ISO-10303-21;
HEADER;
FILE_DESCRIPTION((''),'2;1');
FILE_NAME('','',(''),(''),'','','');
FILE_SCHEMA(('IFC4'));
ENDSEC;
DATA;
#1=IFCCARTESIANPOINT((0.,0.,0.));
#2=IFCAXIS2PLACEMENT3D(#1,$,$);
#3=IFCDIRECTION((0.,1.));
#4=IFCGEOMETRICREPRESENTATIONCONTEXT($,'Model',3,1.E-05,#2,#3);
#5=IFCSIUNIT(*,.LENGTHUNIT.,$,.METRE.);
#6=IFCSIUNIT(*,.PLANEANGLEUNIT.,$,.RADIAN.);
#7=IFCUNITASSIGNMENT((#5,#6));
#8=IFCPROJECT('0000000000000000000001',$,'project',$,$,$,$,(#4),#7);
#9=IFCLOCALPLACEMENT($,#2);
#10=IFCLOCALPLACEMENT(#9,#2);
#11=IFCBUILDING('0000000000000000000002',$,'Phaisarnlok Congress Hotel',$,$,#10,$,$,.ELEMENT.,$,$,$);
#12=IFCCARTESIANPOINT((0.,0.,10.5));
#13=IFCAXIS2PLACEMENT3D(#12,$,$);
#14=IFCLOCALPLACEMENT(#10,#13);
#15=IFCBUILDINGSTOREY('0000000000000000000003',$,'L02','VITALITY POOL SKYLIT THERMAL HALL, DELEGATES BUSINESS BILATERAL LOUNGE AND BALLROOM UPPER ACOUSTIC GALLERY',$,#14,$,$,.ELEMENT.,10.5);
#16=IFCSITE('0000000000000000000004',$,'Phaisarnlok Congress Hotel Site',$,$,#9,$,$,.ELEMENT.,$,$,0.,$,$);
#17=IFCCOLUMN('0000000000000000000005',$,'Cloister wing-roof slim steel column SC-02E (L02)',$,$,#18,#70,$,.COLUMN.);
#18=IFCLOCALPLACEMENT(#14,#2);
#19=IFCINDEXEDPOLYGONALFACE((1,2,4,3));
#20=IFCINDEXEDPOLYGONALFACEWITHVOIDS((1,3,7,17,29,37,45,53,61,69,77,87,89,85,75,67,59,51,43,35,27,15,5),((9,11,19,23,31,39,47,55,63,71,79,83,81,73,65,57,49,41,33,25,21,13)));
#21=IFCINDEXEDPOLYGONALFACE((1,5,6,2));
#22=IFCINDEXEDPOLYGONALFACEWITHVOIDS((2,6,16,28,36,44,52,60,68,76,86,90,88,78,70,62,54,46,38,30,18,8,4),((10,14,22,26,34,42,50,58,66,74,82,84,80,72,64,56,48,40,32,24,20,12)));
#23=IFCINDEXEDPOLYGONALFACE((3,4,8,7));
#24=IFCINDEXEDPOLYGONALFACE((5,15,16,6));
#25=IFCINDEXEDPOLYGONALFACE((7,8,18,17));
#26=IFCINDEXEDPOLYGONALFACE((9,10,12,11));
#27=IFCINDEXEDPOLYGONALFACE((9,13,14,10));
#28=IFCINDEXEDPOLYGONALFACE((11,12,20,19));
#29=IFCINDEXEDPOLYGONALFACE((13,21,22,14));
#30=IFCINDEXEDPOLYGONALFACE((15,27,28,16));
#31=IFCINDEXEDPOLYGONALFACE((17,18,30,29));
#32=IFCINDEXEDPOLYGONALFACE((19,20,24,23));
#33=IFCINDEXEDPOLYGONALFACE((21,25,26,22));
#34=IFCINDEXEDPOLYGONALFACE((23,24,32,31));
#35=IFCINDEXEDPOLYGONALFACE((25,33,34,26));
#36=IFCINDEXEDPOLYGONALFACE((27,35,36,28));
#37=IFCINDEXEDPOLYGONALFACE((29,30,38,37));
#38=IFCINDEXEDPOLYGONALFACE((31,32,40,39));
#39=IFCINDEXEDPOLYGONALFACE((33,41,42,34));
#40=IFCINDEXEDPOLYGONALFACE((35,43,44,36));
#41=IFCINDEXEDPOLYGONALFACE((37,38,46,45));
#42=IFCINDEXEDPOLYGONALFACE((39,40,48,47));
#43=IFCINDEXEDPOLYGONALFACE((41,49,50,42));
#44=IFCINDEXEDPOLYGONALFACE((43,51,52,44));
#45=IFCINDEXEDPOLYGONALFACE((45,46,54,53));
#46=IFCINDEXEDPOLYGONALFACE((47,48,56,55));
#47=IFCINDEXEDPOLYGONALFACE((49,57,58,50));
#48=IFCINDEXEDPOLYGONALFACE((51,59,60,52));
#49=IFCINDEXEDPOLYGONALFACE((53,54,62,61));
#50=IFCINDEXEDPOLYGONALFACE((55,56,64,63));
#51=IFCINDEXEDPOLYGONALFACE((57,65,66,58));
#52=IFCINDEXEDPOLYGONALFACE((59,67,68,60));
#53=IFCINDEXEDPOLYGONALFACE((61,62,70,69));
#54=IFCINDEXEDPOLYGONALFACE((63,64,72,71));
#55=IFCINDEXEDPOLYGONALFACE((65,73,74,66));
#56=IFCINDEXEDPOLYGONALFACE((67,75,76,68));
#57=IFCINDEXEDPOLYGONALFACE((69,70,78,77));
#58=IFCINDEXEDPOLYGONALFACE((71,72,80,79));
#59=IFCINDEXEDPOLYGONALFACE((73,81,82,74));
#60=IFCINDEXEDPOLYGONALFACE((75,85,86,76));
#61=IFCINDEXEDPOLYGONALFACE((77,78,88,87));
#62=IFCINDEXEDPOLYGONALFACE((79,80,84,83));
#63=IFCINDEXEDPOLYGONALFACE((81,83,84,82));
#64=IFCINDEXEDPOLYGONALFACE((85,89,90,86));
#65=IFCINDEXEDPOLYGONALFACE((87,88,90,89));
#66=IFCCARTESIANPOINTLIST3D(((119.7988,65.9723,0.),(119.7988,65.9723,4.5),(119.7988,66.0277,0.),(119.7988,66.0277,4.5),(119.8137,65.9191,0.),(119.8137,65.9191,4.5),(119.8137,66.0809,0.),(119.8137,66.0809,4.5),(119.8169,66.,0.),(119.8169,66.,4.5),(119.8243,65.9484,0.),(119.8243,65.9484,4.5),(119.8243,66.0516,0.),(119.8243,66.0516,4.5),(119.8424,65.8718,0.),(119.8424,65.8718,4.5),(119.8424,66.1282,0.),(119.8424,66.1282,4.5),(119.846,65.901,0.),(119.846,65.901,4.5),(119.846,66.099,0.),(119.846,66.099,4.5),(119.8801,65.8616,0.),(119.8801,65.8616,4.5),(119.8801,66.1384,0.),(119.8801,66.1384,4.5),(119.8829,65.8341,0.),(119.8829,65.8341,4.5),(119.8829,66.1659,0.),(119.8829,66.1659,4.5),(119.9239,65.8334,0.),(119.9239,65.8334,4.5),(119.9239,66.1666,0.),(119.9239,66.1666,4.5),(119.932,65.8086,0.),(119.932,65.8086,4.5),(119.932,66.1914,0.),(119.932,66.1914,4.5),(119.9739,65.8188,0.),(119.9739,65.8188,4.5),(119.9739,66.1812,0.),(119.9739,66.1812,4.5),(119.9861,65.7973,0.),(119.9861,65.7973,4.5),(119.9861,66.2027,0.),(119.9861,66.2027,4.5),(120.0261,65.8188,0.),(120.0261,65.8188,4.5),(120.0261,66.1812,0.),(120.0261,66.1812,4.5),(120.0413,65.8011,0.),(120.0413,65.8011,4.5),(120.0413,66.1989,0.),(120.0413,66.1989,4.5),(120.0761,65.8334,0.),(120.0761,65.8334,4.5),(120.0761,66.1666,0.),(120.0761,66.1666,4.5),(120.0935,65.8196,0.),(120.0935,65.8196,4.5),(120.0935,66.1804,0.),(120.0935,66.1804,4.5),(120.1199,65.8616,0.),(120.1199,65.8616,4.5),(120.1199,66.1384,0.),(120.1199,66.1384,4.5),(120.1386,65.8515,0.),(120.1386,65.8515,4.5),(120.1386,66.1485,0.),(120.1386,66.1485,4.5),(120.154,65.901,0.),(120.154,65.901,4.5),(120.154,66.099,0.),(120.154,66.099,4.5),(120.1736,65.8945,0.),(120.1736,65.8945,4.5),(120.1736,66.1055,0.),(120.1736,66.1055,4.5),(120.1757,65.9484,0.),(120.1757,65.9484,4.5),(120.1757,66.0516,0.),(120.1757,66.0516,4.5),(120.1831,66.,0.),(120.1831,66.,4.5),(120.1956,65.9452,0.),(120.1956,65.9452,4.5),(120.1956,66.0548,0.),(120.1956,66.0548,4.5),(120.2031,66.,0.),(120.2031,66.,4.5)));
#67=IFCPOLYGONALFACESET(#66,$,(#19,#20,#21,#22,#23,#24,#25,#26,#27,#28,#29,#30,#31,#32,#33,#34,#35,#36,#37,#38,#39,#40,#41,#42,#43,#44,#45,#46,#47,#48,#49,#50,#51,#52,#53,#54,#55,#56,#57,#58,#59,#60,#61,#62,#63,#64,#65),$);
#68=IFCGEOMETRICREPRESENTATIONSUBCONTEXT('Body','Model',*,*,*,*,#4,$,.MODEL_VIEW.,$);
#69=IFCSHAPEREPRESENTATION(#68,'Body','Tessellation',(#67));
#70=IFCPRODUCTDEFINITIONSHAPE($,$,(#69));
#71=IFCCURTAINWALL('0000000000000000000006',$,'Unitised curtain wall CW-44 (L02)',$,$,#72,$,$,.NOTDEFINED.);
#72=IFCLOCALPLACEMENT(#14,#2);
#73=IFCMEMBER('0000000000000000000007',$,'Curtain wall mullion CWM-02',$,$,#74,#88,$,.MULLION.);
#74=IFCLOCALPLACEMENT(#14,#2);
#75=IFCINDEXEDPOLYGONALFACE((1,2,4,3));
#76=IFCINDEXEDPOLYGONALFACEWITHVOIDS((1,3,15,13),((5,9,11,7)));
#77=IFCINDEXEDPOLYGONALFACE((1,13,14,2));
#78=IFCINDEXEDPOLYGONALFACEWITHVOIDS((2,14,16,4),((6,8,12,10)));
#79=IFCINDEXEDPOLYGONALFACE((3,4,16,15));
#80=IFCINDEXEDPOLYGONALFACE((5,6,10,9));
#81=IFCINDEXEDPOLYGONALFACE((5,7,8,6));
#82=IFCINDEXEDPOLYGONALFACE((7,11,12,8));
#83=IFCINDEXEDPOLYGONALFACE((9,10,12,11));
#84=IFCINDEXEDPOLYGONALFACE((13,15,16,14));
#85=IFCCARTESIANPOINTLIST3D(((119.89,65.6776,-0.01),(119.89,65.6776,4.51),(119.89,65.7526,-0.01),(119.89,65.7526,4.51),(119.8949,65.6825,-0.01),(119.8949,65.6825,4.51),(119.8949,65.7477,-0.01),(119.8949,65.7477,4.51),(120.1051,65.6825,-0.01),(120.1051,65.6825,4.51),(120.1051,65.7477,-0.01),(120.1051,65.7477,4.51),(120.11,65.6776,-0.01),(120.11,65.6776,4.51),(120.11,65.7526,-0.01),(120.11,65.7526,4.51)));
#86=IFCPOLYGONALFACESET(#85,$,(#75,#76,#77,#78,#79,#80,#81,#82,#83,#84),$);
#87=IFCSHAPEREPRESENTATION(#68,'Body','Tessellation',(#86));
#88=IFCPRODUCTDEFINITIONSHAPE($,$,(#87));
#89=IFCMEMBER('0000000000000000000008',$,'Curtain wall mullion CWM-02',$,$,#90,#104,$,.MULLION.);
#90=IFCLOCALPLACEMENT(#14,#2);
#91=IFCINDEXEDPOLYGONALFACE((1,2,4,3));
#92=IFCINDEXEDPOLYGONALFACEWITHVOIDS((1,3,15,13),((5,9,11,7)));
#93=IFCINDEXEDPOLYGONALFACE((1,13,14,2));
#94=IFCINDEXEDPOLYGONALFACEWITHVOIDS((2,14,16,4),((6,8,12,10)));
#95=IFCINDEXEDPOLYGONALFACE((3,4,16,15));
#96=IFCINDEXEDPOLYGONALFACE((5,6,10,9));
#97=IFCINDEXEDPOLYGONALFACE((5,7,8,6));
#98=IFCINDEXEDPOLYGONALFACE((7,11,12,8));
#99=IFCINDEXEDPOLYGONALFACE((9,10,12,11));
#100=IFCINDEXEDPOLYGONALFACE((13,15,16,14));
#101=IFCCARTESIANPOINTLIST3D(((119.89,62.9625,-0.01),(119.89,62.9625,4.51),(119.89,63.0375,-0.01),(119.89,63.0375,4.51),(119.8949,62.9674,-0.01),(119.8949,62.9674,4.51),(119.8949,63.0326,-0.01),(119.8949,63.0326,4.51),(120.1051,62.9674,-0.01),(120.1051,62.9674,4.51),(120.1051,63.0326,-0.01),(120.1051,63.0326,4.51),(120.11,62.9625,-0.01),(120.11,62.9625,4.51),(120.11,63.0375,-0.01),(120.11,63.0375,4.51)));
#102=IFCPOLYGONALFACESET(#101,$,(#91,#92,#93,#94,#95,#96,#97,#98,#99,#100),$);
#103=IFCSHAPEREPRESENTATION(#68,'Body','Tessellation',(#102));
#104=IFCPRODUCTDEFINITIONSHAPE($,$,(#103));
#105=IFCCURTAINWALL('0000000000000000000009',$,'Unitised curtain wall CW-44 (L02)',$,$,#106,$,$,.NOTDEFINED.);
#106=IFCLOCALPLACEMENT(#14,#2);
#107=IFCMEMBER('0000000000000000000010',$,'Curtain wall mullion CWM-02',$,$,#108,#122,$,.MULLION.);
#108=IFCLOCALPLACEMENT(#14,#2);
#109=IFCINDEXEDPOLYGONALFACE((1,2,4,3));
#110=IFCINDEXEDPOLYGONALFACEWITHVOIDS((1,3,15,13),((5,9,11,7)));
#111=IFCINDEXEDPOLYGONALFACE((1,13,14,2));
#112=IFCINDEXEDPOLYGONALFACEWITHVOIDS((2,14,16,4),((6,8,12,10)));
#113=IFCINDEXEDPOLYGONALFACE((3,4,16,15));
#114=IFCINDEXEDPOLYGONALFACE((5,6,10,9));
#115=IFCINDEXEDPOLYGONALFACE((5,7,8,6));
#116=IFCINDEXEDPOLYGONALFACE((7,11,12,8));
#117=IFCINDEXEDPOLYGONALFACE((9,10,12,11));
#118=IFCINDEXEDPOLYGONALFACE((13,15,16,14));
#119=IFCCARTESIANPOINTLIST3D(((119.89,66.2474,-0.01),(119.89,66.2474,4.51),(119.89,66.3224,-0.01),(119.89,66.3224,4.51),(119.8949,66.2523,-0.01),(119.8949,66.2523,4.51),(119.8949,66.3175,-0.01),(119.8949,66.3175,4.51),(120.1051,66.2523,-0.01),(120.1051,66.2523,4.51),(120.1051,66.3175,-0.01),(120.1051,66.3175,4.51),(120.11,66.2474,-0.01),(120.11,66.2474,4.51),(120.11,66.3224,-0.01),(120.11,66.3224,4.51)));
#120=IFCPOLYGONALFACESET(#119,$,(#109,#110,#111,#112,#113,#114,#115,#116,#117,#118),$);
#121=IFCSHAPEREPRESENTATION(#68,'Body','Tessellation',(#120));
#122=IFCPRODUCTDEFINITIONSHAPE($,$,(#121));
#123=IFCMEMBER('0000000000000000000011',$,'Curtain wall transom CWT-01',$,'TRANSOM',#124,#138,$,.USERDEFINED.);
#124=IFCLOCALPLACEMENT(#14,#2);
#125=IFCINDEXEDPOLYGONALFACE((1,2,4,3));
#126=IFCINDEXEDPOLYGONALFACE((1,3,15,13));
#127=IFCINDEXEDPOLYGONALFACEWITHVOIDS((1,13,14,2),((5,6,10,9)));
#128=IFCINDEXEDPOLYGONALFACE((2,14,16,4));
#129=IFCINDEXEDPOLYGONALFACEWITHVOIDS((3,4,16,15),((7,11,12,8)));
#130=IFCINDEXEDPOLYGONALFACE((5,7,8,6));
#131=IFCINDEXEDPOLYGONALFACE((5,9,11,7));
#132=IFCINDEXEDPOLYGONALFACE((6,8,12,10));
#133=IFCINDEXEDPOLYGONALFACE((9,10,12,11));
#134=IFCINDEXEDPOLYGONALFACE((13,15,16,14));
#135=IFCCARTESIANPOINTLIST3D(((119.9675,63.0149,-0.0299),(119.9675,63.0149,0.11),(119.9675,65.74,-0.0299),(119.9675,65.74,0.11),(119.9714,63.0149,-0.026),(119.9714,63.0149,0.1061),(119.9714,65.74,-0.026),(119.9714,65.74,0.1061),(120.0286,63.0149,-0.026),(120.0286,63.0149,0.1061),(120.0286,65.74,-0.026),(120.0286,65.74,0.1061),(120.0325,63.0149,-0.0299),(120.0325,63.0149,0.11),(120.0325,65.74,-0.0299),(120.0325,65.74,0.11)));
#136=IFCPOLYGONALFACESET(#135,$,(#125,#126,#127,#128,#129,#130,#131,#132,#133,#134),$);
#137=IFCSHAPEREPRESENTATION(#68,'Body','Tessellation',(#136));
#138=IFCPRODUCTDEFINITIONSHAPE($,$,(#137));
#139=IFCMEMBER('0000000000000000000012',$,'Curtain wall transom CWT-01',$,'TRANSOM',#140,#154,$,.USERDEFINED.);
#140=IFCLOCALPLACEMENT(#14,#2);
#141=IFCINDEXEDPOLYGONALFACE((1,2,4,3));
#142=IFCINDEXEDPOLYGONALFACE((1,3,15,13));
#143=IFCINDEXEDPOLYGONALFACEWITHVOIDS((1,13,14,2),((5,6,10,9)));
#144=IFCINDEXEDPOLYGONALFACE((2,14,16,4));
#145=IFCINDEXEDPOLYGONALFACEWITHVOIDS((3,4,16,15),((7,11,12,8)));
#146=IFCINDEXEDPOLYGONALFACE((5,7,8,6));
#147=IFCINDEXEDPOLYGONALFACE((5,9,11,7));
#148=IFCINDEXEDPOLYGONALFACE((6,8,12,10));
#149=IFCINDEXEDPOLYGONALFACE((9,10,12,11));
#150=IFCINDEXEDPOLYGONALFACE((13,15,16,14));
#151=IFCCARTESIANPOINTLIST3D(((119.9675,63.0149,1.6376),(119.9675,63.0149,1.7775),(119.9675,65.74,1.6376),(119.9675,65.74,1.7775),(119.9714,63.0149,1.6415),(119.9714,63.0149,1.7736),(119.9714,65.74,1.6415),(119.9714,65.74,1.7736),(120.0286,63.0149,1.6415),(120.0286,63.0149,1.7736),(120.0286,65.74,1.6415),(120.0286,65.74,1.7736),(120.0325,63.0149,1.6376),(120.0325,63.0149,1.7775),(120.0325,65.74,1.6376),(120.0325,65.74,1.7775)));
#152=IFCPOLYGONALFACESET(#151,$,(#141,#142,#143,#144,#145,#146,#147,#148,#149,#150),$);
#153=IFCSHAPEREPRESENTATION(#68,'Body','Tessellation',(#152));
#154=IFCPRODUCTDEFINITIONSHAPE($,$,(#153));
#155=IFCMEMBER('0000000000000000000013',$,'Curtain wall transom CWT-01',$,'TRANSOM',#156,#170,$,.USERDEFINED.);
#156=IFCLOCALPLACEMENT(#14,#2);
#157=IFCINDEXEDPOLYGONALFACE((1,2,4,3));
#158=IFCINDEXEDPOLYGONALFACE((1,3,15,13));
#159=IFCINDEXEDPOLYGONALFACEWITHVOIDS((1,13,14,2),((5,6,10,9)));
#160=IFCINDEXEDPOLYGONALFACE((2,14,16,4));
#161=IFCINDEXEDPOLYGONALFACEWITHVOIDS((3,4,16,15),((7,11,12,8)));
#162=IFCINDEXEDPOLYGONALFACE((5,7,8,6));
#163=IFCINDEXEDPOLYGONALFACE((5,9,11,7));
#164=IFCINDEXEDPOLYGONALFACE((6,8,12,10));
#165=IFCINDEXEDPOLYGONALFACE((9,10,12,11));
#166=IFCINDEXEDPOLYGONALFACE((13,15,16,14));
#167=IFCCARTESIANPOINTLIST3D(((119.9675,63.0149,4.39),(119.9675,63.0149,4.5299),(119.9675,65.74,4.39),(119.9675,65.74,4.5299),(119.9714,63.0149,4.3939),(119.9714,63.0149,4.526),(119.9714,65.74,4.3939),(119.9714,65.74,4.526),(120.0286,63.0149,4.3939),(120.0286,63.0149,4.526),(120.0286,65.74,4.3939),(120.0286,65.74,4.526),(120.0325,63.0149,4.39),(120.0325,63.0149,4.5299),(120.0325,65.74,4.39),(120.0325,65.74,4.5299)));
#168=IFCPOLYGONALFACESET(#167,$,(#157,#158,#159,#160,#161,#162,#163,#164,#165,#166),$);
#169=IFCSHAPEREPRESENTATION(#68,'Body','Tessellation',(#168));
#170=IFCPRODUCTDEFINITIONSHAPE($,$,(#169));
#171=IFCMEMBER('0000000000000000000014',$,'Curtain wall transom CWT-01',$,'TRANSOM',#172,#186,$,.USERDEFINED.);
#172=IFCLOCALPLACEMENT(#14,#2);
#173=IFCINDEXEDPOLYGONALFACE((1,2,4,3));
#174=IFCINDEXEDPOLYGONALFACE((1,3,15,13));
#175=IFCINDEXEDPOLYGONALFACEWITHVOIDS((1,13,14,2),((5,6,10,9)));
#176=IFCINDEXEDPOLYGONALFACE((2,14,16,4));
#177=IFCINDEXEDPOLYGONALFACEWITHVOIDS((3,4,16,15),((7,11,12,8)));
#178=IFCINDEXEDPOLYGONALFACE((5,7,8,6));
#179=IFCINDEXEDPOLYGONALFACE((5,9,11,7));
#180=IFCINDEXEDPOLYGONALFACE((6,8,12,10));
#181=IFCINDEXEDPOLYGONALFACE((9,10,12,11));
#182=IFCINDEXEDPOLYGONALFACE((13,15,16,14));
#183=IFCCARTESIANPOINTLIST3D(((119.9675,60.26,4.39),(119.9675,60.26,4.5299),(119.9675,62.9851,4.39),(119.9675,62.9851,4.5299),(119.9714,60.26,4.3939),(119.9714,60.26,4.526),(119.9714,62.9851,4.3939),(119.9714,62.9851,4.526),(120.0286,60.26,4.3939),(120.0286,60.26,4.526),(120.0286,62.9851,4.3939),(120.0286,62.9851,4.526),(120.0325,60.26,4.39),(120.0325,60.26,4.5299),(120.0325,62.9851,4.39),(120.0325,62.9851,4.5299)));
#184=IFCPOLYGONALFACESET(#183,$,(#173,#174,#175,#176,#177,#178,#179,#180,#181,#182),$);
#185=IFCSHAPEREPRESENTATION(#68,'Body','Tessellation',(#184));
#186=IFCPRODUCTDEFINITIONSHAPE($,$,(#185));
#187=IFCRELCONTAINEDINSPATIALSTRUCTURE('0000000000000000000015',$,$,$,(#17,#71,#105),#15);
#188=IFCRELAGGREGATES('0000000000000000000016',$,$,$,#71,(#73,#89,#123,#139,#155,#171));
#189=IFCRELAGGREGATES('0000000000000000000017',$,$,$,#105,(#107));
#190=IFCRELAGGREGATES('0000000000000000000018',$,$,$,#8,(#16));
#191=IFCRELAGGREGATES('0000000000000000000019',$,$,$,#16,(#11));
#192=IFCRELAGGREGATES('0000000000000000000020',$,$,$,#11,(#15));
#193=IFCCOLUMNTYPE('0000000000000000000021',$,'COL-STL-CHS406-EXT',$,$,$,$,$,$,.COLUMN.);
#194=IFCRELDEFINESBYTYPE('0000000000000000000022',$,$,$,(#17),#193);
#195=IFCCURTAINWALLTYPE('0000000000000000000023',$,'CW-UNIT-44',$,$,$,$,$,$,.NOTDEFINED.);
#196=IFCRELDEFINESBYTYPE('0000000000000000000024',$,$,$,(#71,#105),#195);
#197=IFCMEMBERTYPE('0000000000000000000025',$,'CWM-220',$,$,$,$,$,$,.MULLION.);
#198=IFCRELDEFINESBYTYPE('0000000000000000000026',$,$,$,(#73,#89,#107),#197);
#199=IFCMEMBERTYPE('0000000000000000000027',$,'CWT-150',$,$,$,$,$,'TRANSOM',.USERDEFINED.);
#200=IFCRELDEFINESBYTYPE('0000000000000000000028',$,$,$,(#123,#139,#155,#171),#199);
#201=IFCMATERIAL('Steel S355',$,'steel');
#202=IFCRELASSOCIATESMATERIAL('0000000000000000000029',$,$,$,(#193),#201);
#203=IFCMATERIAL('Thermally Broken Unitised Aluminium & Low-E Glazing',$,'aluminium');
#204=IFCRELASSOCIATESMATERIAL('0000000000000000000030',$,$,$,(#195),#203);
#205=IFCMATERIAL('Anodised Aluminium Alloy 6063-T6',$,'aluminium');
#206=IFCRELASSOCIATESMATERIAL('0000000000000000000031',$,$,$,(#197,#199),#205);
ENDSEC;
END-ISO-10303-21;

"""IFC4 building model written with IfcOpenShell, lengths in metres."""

from ifc_helpers import new_model, si_unit, direction, frame, origin, origin_2d, place, context, subcontext, project, spatial, hollow_rectangle, hollow_circle, extrude, material, material_profile, profile_set, type_object, element, aggregate, save


model = new_model("IFC4")

# Units and contexts
model_context = context("Model", 3, precision=1e-05, world=origin(), true_north=direction((0.0, 1.0)))
body_context = subcontext(model_context, "Body", "Model", "MODEL_VIEW")
ifc_project = project(units=[si_unit("LENGTHUNIT", "METRE"), si_unit("PLANEANGLEUNIT", "RADIAN")], contexts=[model_context])

# Site, building, storey
site_placement = place(None, origin())
site = spatial("IfcSite", under=ifc_project, at=site_placement, Name="Phaisarnlok Congress Hotel Site", CompositionType="ELEMENT", RefElevation=0.0)
building_placement = place(site_placement, origin())
building = spatial("IfcBuilding", under=site, at=building_placement, Name="Phaisarnlok Congress Hotel", CompositionType="ELEMENT")
storey_placement = place(building_placement, frame((0.0, 0.0, 10.5)))
storey = spatial("IfcBuildingStorey", under=building, at=storey_placement, Name="L02", Description="VITALITY POOL SKYLIT THERMAL HALL, DELEGATES BUSINESS BILATERAL LOUNGE AND BALLROOM UPPER ACOUSTIC GALLERY", CompositionType="ELEMENT", Elevation=10.5)

# Column
ifc_material_1 = material(Name="Steel S355", Category="steel")
ifc_material_profile_1 = material_profile(ifc_material_1, hollow_circle(Radius=0.2031, WallThickness=0.02, at=origin_2d()), Name="CHS 406.4x20")
ifc_profile_set_1 = profile_set([ifc_material_profile_1], Name="Steel S355")
column_type = type_object("IfcColumnType", Name="COL-STL-CHS406-EXT", PredefinedType="COLUMN", material=ifc_profile_set_1)
column_placement = place(storey_placement, frame((120.0, 66.0, 0.0), z_axis=(0.0, 0.0, 1.0), x_axis=(1.0, 0.0, 0.0)))
element("IfcColumn", 1, at=column_placement, inside=storey, type_object=column_type, Name="Cloister wing-roof slim steel column SC-02E (L02)", PredefinedType="COLUMN", context=body_context, shape_type="SweptSolid", body=[
    extrude(hollow_circle(Radius=0.2031, WallThickness=0.02, at=origin_2d()), origin(), (0.0, 0.0, 1.0), 4.5),
])

# Curtain wall, members
ifc_material_2 = material(Name="Thermally Broken Unitised Aluminium & Low-E Glazing", Category="aluminium")
curtain_wall_type = type_object("IfcCurtainWallType", Name="CW-UNIT-44", PredefinedType="NOTDEFINED", material=ifc_material_2)
curtain_wall_1_placement = place(storey_placement, origin())
curtain_wall_1 = element("IfcCurtainWall", 2, at=curtain_wall_1_placement, inside=storey, type_object=curtain_wall_type, Name="Unitised curtain wall CW-44 (L02)", PredefinedType="NOTDEFINED")
ifc_material_3 = material(Name="Anodised Aluminium Alloy 6063-T6", Category="aluminium")
ifc_material_profile_2 = material_profile(ifc_material_3, hollow_rectangle(XDim=0.075, YDim=0.22, WallThickness=0.0049, at=origin_2d()), Name="ALU-M 75x220x5")
ifc_profile_set_2 = profile_set([ifc_material_profile_2], Name="Anodised Aluminium Alloy 6063-T6")
member_type_1 = type_object("IfcMemberType", Name="CWM-220", PredefinedType="MULLION", material=ifc_profile_set_2)
member_1_placement = place(storey_placement, frame((120.0, 65.7151, -0.01), z_axis=(0.0, 0.0, 1.0), x_axis=(0.0, -1.0, 0.0)))
member_1 = element("IfcMember", 3, at=member_1_placement, type_object=member_type_1, Name="Curtain wall mullion CWM-02", PredefinedType="MULLION", context=body_context, shape_type="SweptSolid", body=[
    extrude(hollow_rectangle(XDim=0.075, YDim=0.22, WallThickness=0.0049, at=origin_2d()), origin(), (0.0, 0.0, 1.0), 4.52),
])
member_2_placement = place(storey_placement, frame((120.0, 63.0, -0.01), z_axis=(0.0, 0.0, 1.0), x_axis=(0.0, -1.0, 0.0)))
member_2 = element("IfcMember", 4, at=member_2_placement, type_object=member_type_1, Name="Curtain wall mullion CWM-02", PredefinedType="MULLION", context=body_context, shape_type="SweptSolid", body=[
    extrude(hollow_rectangle(XDim=0.075, YDim=0.22, WallThickness=0.0049, at=origin_2d()), origin(), (0.0, 0.0, 1.0), 4.52),
])

# Curtain wall, member
curtain_wall_2_placement = place(storey_placement, origin())
curtain_wall_2 = element("IfcCurtainWall", 5, at=curtain_wall_2_placement, inside=storey, type_object=curtain_wall_type, Name="Unitised curtain wall CW-44 (L02)", PredefinedType="NOTDEFINED")
member_3_placement = place(storey_placement, frame((120.0, 66.2849, -0.01), z_axis=(0.0, 0.0, 1.0), x_axis=(0.0, -1.0, 0.0)))
member_3 = element("IfcMember", 6, at=member_3_placement, type_object=member_type_1, Name="Curtain wall mullion CWM-02", PredefinedType="MULLION", context=body_context, shape_type="SweptSolid", body=[
    extrude(hollow_rectangle(XDim=0.075, YDim=0.22, WallThickness=0.0049, at=origin_2d()), origin(), (0.0, 0.0, 1.0), 4.52),
])

# Members
ifc_material_profile_3 = material_profile(ifc_material_3, hollow_rectangle(XDim=0.0649, YDim=0.1399, WallThickness=0.0039, at=origin_2d()), Name="ALU-T 65x140x4")
ifc_profile_set_3 = profile_set([ifc_material_profile_3], Name="Anodised Aluminium Alloy 6063-T6")
member_type_2 = type_object("IfcMemberType", Name="CWT-150", ElementType="TRANSOM", PredefinedType="USERDEFINED", material=ifc_profile_set_3)
member_4_placement = place(storey_placement, frame((120.0, 65.74, 0.04), z_axis=(0.0, -1.0, 0.0), x_axis=(1.0, 0.0, 0.0)))
member_4 = element("IfcMember", 7, at=member_4_placement, type_object=member_type_2, Name="Curtain wall transom CWT-01", ObjectType="TRANSOM", PredefinedType="USERDEFINED", context=body_context, shape_type="SweptSolid", body=[
    extrude(hollow_rectangle(XDim=0.0649, YDim=0.1399, WallThickness=0.0039, at=origin_2d()), origin(), (0.0, 0.0, 1.0), 2.7251),
])
member_5_placement = place(storey_placement, frame((120.0, 65.74, 1.7075), z_axis=(0.0, -1.0, 0.0), x_axis=(1.0, 0.0, 0.0)))
member_5 = element("IfcMember", 8, at=member_5_placement, type_object=member_type_2, Name="Curtain wall transom CWT-01", ObjectType="TRANSOM", PredefinedType="USERDEFINED", context=body_context, shape_type="SweptSolid", body=[
    extrude(hollow_rectangle(XDim=0.0649, YDim=0.1399, WallThickness=0.0039, at=origin_2d()), origin(), (0.0, 0.0, 1.0), 2.7251),
])
member_6_placement = place(storey_placement, frame((120.0, 65.74, 4.46), z_axis=(0.0, -1.0, 0.0), x_axis=(1.0, 0.0, 0.0)))
member_6 = element("IfcMember", 9, at=member_6_placement, type_object=member_type_2, Name="Curtain wall transom CWT-01", ObjectType="TRANSOM", PredefinedType="USERDEFINED", context=body_context, shape_type="SweptSolid", body=[
    extrude(hollow_rectangle(XDim=0.0649, YDim=0.1399, WallThickness=0.0039, at=origin_2d()), origin(), (0.0, 0.0, 1.0), 2.7251),
])
member_7_placement = place(storey_placement, frame((120.0, 62.9851, 4.46), z_axis=(0.0, -1.0, 0.0), x_axis=(1.0, 0.0, 0.0)))
member_7 = element("IfcMember", 10, at=member_7_placement, type_object=member_type_2, Name="Curtain wall transom CWT-01", ObjectType="TRANSOM", PredefinedType="USERDEFINED", context=body_context, shape_type="SweptSolid", body=[
    extrude(hollow_rectangle(XDim=0.0649, YDim=0.1399, WallThickness=0.0039, at=origin_2d()), origin(), (0.0, 0.0, 1.0), 2.7251),
])

aggregate(curtain_wall_1, [member_1, member_2, member_4, member_5, member_6, member_7])
aggregate(curtain_wall_2, [member_3])

save(model, "model.ifc")
